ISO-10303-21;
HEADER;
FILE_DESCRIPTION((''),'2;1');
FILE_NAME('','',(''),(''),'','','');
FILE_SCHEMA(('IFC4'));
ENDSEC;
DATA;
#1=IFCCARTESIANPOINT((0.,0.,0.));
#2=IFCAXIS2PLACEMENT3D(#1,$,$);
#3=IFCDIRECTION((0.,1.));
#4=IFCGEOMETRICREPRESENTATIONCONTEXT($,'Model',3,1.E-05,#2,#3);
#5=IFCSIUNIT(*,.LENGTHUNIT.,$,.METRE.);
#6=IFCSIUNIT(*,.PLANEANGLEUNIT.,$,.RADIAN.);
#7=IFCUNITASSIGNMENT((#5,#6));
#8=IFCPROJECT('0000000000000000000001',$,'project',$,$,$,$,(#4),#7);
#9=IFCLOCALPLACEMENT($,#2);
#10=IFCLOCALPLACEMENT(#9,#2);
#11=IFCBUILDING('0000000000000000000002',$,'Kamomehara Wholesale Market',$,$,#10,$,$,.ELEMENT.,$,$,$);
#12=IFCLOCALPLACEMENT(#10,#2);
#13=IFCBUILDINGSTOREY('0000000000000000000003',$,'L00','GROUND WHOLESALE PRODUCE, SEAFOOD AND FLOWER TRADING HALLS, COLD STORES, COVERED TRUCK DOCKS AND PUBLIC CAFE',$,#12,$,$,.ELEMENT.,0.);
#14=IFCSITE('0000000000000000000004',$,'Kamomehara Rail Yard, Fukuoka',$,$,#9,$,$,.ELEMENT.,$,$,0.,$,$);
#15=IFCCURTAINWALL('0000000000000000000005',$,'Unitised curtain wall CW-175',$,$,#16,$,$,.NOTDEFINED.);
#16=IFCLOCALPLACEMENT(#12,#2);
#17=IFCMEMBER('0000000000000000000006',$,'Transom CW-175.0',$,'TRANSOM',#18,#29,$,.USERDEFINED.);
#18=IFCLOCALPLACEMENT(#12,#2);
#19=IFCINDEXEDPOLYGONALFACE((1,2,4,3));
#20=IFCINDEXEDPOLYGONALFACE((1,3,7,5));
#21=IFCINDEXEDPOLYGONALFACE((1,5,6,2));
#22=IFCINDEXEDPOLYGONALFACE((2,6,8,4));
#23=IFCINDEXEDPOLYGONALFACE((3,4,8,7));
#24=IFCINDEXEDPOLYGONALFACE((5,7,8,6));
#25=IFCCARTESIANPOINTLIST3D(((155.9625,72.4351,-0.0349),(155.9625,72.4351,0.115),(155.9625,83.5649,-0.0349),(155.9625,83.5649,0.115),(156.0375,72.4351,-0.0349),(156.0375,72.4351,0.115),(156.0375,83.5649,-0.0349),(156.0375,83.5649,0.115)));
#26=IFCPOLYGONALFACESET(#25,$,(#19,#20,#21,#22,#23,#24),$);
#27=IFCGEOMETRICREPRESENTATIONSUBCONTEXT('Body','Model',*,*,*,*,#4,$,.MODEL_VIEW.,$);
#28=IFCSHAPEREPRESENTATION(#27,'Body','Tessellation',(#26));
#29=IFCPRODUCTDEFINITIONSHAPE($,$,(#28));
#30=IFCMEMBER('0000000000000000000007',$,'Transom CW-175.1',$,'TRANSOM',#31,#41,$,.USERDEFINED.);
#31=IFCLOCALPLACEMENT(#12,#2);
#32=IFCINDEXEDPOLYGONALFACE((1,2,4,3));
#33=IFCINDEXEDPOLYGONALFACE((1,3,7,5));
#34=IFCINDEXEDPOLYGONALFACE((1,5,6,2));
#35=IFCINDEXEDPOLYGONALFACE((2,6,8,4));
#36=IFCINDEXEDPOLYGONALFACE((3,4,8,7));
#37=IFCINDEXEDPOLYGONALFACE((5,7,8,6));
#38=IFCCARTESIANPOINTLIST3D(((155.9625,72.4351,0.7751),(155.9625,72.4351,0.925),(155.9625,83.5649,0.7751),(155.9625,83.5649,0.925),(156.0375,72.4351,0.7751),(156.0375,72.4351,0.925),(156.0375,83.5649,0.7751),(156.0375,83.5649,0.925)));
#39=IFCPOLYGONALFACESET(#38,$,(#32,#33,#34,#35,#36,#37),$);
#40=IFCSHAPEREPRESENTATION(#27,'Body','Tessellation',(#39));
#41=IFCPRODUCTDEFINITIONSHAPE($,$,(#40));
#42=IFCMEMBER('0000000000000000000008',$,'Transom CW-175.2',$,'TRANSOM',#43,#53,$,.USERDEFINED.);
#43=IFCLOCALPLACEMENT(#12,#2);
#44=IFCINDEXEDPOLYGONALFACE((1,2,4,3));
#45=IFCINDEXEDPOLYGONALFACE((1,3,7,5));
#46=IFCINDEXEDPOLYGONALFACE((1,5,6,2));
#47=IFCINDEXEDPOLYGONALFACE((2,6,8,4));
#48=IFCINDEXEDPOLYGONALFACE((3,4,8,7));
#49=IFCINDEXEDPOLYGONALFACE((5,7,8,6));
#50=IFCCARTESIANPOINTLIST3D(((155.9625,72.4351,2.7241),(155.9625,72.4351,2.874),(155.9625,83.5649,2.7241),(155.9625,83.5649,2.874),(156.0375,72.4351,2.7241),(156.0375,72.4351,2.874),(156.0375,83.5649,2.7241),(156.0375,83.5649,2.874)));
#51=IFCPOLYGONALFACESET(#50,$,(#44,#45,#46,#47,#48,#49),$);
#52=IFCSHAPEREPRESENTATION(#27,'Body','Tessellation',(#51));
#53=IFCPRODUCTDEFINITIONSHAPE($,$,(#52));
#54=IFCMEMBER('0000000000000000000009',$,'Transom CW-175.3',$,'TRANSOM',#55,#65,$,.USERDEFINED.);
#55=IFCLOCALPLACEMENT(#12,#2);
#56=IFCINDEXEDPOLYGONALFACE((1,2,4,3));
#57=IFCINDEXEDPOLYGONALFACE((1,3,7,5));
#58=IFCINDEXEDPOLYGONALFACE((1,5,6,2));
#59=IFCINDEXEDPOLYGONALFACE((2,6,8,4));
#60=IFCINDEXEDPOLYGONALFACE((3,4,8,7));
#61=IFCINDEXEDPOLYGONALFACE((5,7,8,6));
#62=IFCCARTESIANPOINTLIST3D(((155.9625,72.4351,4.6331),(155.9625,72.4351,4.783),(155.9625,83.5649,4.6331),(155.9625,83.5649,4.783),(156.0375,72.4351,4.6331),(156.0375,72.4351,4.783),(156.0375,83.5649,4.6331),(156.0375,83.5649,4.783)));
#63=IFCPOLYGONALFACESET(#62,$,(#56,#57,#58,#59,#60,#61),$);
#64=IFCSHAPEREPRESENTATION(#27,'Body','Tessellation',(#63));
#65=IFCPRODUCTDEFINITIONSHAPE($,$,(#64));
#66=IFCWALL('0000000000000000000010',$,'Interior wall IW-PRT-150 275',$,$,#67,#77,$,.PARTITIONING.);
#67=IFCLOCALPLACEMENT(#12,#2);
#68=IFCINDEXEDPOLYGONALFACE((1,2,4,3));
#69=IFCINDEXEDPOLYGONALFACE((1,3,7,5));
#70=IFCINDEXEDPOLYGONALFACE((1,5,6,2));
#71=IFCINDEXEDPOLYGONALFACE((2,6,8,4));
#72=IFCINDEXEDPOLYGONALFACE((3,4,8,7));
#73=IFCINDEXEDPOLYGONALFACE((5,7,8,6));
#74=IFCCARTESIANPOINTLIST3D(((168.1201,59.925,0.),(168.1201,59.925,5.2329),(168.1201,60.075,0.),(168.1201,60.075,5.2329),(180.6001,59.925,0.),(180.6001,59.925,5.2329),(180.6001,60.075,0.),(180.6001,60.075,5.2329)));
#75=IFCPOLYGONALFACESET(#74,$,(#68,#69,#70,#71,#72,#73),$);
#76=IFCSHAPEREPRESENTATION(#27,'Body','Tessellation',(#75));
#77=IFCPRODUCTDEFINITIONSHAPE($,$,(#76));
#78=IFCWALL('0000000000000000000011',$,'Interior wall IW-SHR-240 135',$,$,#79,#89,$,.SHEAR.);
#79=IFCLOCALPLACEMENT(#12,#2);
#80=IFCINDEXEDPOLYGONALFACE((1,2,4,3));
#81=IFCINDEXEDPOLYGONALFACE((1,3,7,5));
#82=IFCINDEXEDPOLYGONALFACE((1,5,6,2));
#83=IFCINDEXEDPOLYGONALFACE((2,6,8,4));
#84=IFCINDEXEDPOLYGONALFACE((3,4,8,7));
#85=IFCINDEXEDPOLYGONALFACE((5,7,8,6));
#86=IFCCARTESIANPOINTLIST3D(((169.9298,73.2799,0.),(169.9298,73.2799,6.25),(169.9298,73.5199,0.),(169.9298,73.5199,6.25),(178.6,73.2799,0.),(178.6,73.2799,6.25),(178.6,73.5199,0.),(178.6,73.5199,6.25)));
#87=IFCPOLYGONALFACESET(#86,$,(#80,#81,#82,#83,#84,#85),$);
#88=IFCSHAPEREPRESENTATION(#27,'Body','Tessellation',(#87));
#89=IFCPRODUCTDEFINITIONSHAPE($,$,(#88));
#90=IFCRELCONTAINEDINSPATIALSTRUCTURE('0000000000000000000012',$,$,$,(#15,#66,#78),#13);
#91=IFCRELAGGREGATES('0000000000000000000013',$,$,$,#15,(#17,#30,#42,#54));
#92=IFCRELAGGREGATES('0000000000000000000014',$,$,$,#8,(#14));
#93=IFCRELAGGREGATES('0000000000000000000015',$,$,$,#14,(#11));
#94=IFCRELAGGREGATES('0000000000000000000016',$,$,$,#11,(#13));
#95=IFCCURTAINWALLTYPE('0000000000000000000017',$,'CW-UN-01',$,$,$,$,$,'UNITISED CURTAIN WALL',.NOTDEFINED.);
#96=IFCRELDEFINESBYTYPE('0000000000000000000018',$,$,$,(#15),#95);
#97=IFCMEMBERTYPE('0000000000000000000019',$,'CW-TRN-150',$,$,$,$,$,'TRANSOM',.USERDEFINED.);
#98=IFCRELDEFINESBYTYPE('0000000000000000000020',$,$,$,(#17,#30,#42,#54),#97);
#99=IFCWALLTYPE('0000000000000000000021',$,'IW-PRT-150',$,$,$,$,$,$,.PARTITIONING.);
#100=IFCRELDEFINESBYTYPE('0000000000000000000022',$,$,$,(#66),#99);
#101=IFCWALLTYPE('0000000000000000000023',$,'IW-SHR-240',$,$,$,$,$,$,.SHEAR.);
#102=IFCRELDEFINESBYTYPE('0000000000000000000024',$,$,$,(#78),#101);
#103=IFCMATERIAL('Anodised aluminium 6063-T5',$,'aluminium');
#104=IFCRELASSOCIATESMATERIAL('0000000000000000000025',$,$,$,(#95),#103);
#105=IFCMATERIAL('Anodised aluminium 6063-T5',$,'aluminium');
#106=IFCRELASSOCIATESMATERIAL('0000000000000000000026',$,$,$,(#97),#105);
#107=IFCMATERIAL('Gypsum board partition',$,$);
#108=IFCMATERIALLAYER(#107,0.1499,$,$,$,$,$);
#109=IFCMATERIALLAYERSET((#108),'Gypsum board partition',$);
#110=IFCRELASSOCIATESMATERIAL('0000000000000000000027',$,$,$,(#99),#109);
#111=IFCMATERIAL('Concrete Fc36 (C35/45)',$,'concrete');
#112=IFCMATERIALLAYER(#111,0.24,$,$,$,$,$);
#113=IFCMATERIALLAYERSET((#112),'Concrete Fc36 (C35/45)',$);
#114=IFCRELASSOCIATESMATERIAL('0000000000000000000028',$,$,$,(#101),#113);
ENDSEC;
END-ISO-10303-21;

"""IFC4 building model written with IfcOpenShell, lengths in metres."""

from ifc_helpers import new_model, si_unit, direction, frame, frame_2d, origin, origin_2d, place, context, subcontext, project, spatial, rectangle, extrude, material, layer, layer_set, material_profile, profile_set, type_object, element, aggregate, save


model = new_model("IFC4")

# Units and contexts
model_context = context("Model", 3, precision=1e-05, world=origin(), true_north=direction((0.0, 1.0)))
body_context = subcontext(model_context, "Body", "Model", "MODEL_VIEW")
ifc_project = project(units=[si_unit("LENGTHUNIT", "METRE"), si_unit("PLANEANGLEUNIT", "RADIAN")], contexts=[model_context])

# Site, building, storey
site_placement = place(None, origin())
site = spatial("IfcSite", under=ifc_project, at=site_placement, Name="Kamomehara Rail Yard, Fukuoka", CompositionType="ELEMENT", RefElevation=0.0)
building_placement = place(site_placement, origin())
building = spatial("IfcBuilding", under=site, at=building_placement, Name="Kamomehara Wholesale Market", CompositionType="ELEMENT")
storey_placement = place(building_placement, origin())
storey = spatial("IfcBuildingStorey", under=building, at=storey_placement, Name="L00", Description="GROUND WHOLESALE PRODUCE, SEAFOOD AND FLOWER TRADING HALLS, COLD STORES, COVERED TRUCK DOCKS AND PUBLIC CAFE", CompositionType="ELEMENT", Elevation=0.0)

# Curtain wall, members
ifc_material_1 = material(Name="Anodised aluminium 6063-T5", Category="aluminium")
curtain_wall_type = type_object("IfcCurtainWallType", Name="CW-UN-01", ElementType="UNITISED CURTAIN WALL", PredefinedType="NOTDEFINED", material=ifc_material_1)
curtain_wall_1_placement = place(storey_placement, origin())
curtain_wall_1 = element("IfcCurtainWall", 1, at=curtain_wall_1_placement, inside=storey, type_object=curtain_wall_type, Name="Unitised curtain wall CW-175", PredefinedType="NOTDEFINED")
ifc_material_2 = material(Name="Anodised aluminium 6063-T5", Category="aluminium")
ifc_material_profile_1 = material_profile(ifc_material_2, rectangle(XDim=0.075, YDim=0.1499, at=origin_2d()), Name="ALU-TRN-75x150")
ifc_profile_set_1 = profile_set([ifc_material_profile_1], Name="Anodised aluminium 6063-T5")
member_type_1 = type_object("IfcMemberType", Name="CW-TRN-150", ElementType="TRANSOM", PredefinedType="USERDEFINED", material=ifc_profile_set_1)
member_1_placement = place(storey_placement, frame((156.0, 72.4351, 0.04), z_axis=(0.0, 1.0, 0.0), x_axis=(-1.0, 0.0, 0.0)))
member_1 = element("IfcMember", 2, at=member_1_placement, type_object=member_type_1, Name="Transom CW-175.0", ObjectType="TRANSOM", PredefinedType="USERDEFINED", context=body_context, shape_type="SweptSolid", body=[
    extrude(rectangle(XDim=0.075, YDim=0.1499, at=origin_2d()), origin(), (0.0, 0.0, 1.0), 11.1299),
])
member_2_placement = place(storey_placement, frame((156.0, 72.4351, 0.8501), z_axis=(0.0, 1.0, 0.0), x_axis=(-1.0, 0.0, 0.0)))
member_2 = element("IfcMember", 3, at=member_2_placement, type_object=member_type_1, Name="Transom CW-175.1", ObjectType="TRANSOM", PredefinedType="USERDEFINED", context=body_context, shape_type="SweptSolid", body=[
    extrude(rectangle(XDim=0.075, YDim=0.1499, at=origin_2d()), origin(), (0.0, 0.0, 1.0), 11.1299),
])
member_3_placement = place(storey_placement, frame((156.0, 72.4351, 2.7991), z_axis=(0.0, 1.0, 0.0), x_axis=(-1.0, 0.0, 0.0)))
member_3 = element("IfcMember", 4, at=member_3_placement, type_object=member_type_1, Name="Transom CW-175.2", ObjectType="TRANSOM", PredefinedType="USERDEFINED", context=body_context, shape_type="SweptSolid", body=[
    extrude(rectangle(XDim=0.075, YDim=0.1499, at=origin_2d()), origin(), (0.0, 0.0, 1.0), 11.1299),
])
member_4_placement = place(storey_placement, frame((156.0, 72.4351, 4.708), z_axis=(0.0, 1.0, 0.0), x_axis=(-1.0, 0.0, 0.0)))
member_4 = element("IfcMember", 5, at=member_4_placement, type_object=member_type_1, Name="Transom CW-175.3", ObjectType="TRANSOM", PredefinedType="USERDEFINED", context=body_context, shape_type="SweptSolid", body=[
    extrude(rectangle(XDim=0.075, YDim=0.1499, at=origin_2d()), origin(), (0.0, 0.0, 1.0), 11.1299),
])
aggregate(curtain_wall_1, [member_1, member_2, member_3, member_4])

# Walls
ifc_material_3 = material(Name="Gypsum board partition")
ifc_layer_1 = layer(ifc_material_3, 0.1499)
ifc_layer_set_1 = layer_set([ifc_layer_1], Name="Gypsum board partition")
wall_type_1 = type_object("IfcWallType", Name="IW-PRT-150", PredefinedType="PARTITIONING", material=ifc_layer_set_1)
wall_1_placement = place(storey_placement, frame((168.1201, 60.0, 0.0), z_axis=(0.0, 0.0, 1.0), x_axis=(1.0, 0.0, 0.0)))
element("IfcWall", 6, at=wall_1_placement, inside=storey, type_object=wall_type_1, Name="Interior wall IW-PRT-150 275", PredefinedType="PARTITIONING", context=body_context, shape_type="SweptSolid", body=[
    extrude(rectangle(XDim=12.48, YDim=0.1499, at=frame_2d((6.24, 0.0))), origin(), (0.0, 0.0, 1.0), 5.2329),
])
ifc_material_4 = material(Name="Concrete Fc36 (C35/45)", Category="concrete")
ifc_layer_2 = layer(ifc_material_4, 0.24)
ifc_layer_set_2 = layer_set([ifc_layer_2], Name="Concrete Fc36 (C35/45)")
wall_type_2 = type_object("IfcWallType", Name="IW-SHR-240", PredefinedType="SHEAR", material=ifc_layer_set_2)
wall_2_placement = place(storey_placement, frame((169.9299, 73.3999, 0.0), z_axis=(0.0, 0.0, 1.0), x_axis=(1.0, 0.0, 0.0)))
element("IfcWall", 7, at=wall_2_placement, inside=storey, type_object=wall_type_2, Name="Interior wall IW-SHR-240 135", PredefinedType="SHEAR", context=body_context, shape_type="SweptSolid", body=[
    extrude(rectangle(XDim=8.6702, YDim=0.24, at=frame_2d((4.335, 0.0))), origin(), (0.0, 0.0, 1.0), 6.25),
])

save(model, "model.ifc")
